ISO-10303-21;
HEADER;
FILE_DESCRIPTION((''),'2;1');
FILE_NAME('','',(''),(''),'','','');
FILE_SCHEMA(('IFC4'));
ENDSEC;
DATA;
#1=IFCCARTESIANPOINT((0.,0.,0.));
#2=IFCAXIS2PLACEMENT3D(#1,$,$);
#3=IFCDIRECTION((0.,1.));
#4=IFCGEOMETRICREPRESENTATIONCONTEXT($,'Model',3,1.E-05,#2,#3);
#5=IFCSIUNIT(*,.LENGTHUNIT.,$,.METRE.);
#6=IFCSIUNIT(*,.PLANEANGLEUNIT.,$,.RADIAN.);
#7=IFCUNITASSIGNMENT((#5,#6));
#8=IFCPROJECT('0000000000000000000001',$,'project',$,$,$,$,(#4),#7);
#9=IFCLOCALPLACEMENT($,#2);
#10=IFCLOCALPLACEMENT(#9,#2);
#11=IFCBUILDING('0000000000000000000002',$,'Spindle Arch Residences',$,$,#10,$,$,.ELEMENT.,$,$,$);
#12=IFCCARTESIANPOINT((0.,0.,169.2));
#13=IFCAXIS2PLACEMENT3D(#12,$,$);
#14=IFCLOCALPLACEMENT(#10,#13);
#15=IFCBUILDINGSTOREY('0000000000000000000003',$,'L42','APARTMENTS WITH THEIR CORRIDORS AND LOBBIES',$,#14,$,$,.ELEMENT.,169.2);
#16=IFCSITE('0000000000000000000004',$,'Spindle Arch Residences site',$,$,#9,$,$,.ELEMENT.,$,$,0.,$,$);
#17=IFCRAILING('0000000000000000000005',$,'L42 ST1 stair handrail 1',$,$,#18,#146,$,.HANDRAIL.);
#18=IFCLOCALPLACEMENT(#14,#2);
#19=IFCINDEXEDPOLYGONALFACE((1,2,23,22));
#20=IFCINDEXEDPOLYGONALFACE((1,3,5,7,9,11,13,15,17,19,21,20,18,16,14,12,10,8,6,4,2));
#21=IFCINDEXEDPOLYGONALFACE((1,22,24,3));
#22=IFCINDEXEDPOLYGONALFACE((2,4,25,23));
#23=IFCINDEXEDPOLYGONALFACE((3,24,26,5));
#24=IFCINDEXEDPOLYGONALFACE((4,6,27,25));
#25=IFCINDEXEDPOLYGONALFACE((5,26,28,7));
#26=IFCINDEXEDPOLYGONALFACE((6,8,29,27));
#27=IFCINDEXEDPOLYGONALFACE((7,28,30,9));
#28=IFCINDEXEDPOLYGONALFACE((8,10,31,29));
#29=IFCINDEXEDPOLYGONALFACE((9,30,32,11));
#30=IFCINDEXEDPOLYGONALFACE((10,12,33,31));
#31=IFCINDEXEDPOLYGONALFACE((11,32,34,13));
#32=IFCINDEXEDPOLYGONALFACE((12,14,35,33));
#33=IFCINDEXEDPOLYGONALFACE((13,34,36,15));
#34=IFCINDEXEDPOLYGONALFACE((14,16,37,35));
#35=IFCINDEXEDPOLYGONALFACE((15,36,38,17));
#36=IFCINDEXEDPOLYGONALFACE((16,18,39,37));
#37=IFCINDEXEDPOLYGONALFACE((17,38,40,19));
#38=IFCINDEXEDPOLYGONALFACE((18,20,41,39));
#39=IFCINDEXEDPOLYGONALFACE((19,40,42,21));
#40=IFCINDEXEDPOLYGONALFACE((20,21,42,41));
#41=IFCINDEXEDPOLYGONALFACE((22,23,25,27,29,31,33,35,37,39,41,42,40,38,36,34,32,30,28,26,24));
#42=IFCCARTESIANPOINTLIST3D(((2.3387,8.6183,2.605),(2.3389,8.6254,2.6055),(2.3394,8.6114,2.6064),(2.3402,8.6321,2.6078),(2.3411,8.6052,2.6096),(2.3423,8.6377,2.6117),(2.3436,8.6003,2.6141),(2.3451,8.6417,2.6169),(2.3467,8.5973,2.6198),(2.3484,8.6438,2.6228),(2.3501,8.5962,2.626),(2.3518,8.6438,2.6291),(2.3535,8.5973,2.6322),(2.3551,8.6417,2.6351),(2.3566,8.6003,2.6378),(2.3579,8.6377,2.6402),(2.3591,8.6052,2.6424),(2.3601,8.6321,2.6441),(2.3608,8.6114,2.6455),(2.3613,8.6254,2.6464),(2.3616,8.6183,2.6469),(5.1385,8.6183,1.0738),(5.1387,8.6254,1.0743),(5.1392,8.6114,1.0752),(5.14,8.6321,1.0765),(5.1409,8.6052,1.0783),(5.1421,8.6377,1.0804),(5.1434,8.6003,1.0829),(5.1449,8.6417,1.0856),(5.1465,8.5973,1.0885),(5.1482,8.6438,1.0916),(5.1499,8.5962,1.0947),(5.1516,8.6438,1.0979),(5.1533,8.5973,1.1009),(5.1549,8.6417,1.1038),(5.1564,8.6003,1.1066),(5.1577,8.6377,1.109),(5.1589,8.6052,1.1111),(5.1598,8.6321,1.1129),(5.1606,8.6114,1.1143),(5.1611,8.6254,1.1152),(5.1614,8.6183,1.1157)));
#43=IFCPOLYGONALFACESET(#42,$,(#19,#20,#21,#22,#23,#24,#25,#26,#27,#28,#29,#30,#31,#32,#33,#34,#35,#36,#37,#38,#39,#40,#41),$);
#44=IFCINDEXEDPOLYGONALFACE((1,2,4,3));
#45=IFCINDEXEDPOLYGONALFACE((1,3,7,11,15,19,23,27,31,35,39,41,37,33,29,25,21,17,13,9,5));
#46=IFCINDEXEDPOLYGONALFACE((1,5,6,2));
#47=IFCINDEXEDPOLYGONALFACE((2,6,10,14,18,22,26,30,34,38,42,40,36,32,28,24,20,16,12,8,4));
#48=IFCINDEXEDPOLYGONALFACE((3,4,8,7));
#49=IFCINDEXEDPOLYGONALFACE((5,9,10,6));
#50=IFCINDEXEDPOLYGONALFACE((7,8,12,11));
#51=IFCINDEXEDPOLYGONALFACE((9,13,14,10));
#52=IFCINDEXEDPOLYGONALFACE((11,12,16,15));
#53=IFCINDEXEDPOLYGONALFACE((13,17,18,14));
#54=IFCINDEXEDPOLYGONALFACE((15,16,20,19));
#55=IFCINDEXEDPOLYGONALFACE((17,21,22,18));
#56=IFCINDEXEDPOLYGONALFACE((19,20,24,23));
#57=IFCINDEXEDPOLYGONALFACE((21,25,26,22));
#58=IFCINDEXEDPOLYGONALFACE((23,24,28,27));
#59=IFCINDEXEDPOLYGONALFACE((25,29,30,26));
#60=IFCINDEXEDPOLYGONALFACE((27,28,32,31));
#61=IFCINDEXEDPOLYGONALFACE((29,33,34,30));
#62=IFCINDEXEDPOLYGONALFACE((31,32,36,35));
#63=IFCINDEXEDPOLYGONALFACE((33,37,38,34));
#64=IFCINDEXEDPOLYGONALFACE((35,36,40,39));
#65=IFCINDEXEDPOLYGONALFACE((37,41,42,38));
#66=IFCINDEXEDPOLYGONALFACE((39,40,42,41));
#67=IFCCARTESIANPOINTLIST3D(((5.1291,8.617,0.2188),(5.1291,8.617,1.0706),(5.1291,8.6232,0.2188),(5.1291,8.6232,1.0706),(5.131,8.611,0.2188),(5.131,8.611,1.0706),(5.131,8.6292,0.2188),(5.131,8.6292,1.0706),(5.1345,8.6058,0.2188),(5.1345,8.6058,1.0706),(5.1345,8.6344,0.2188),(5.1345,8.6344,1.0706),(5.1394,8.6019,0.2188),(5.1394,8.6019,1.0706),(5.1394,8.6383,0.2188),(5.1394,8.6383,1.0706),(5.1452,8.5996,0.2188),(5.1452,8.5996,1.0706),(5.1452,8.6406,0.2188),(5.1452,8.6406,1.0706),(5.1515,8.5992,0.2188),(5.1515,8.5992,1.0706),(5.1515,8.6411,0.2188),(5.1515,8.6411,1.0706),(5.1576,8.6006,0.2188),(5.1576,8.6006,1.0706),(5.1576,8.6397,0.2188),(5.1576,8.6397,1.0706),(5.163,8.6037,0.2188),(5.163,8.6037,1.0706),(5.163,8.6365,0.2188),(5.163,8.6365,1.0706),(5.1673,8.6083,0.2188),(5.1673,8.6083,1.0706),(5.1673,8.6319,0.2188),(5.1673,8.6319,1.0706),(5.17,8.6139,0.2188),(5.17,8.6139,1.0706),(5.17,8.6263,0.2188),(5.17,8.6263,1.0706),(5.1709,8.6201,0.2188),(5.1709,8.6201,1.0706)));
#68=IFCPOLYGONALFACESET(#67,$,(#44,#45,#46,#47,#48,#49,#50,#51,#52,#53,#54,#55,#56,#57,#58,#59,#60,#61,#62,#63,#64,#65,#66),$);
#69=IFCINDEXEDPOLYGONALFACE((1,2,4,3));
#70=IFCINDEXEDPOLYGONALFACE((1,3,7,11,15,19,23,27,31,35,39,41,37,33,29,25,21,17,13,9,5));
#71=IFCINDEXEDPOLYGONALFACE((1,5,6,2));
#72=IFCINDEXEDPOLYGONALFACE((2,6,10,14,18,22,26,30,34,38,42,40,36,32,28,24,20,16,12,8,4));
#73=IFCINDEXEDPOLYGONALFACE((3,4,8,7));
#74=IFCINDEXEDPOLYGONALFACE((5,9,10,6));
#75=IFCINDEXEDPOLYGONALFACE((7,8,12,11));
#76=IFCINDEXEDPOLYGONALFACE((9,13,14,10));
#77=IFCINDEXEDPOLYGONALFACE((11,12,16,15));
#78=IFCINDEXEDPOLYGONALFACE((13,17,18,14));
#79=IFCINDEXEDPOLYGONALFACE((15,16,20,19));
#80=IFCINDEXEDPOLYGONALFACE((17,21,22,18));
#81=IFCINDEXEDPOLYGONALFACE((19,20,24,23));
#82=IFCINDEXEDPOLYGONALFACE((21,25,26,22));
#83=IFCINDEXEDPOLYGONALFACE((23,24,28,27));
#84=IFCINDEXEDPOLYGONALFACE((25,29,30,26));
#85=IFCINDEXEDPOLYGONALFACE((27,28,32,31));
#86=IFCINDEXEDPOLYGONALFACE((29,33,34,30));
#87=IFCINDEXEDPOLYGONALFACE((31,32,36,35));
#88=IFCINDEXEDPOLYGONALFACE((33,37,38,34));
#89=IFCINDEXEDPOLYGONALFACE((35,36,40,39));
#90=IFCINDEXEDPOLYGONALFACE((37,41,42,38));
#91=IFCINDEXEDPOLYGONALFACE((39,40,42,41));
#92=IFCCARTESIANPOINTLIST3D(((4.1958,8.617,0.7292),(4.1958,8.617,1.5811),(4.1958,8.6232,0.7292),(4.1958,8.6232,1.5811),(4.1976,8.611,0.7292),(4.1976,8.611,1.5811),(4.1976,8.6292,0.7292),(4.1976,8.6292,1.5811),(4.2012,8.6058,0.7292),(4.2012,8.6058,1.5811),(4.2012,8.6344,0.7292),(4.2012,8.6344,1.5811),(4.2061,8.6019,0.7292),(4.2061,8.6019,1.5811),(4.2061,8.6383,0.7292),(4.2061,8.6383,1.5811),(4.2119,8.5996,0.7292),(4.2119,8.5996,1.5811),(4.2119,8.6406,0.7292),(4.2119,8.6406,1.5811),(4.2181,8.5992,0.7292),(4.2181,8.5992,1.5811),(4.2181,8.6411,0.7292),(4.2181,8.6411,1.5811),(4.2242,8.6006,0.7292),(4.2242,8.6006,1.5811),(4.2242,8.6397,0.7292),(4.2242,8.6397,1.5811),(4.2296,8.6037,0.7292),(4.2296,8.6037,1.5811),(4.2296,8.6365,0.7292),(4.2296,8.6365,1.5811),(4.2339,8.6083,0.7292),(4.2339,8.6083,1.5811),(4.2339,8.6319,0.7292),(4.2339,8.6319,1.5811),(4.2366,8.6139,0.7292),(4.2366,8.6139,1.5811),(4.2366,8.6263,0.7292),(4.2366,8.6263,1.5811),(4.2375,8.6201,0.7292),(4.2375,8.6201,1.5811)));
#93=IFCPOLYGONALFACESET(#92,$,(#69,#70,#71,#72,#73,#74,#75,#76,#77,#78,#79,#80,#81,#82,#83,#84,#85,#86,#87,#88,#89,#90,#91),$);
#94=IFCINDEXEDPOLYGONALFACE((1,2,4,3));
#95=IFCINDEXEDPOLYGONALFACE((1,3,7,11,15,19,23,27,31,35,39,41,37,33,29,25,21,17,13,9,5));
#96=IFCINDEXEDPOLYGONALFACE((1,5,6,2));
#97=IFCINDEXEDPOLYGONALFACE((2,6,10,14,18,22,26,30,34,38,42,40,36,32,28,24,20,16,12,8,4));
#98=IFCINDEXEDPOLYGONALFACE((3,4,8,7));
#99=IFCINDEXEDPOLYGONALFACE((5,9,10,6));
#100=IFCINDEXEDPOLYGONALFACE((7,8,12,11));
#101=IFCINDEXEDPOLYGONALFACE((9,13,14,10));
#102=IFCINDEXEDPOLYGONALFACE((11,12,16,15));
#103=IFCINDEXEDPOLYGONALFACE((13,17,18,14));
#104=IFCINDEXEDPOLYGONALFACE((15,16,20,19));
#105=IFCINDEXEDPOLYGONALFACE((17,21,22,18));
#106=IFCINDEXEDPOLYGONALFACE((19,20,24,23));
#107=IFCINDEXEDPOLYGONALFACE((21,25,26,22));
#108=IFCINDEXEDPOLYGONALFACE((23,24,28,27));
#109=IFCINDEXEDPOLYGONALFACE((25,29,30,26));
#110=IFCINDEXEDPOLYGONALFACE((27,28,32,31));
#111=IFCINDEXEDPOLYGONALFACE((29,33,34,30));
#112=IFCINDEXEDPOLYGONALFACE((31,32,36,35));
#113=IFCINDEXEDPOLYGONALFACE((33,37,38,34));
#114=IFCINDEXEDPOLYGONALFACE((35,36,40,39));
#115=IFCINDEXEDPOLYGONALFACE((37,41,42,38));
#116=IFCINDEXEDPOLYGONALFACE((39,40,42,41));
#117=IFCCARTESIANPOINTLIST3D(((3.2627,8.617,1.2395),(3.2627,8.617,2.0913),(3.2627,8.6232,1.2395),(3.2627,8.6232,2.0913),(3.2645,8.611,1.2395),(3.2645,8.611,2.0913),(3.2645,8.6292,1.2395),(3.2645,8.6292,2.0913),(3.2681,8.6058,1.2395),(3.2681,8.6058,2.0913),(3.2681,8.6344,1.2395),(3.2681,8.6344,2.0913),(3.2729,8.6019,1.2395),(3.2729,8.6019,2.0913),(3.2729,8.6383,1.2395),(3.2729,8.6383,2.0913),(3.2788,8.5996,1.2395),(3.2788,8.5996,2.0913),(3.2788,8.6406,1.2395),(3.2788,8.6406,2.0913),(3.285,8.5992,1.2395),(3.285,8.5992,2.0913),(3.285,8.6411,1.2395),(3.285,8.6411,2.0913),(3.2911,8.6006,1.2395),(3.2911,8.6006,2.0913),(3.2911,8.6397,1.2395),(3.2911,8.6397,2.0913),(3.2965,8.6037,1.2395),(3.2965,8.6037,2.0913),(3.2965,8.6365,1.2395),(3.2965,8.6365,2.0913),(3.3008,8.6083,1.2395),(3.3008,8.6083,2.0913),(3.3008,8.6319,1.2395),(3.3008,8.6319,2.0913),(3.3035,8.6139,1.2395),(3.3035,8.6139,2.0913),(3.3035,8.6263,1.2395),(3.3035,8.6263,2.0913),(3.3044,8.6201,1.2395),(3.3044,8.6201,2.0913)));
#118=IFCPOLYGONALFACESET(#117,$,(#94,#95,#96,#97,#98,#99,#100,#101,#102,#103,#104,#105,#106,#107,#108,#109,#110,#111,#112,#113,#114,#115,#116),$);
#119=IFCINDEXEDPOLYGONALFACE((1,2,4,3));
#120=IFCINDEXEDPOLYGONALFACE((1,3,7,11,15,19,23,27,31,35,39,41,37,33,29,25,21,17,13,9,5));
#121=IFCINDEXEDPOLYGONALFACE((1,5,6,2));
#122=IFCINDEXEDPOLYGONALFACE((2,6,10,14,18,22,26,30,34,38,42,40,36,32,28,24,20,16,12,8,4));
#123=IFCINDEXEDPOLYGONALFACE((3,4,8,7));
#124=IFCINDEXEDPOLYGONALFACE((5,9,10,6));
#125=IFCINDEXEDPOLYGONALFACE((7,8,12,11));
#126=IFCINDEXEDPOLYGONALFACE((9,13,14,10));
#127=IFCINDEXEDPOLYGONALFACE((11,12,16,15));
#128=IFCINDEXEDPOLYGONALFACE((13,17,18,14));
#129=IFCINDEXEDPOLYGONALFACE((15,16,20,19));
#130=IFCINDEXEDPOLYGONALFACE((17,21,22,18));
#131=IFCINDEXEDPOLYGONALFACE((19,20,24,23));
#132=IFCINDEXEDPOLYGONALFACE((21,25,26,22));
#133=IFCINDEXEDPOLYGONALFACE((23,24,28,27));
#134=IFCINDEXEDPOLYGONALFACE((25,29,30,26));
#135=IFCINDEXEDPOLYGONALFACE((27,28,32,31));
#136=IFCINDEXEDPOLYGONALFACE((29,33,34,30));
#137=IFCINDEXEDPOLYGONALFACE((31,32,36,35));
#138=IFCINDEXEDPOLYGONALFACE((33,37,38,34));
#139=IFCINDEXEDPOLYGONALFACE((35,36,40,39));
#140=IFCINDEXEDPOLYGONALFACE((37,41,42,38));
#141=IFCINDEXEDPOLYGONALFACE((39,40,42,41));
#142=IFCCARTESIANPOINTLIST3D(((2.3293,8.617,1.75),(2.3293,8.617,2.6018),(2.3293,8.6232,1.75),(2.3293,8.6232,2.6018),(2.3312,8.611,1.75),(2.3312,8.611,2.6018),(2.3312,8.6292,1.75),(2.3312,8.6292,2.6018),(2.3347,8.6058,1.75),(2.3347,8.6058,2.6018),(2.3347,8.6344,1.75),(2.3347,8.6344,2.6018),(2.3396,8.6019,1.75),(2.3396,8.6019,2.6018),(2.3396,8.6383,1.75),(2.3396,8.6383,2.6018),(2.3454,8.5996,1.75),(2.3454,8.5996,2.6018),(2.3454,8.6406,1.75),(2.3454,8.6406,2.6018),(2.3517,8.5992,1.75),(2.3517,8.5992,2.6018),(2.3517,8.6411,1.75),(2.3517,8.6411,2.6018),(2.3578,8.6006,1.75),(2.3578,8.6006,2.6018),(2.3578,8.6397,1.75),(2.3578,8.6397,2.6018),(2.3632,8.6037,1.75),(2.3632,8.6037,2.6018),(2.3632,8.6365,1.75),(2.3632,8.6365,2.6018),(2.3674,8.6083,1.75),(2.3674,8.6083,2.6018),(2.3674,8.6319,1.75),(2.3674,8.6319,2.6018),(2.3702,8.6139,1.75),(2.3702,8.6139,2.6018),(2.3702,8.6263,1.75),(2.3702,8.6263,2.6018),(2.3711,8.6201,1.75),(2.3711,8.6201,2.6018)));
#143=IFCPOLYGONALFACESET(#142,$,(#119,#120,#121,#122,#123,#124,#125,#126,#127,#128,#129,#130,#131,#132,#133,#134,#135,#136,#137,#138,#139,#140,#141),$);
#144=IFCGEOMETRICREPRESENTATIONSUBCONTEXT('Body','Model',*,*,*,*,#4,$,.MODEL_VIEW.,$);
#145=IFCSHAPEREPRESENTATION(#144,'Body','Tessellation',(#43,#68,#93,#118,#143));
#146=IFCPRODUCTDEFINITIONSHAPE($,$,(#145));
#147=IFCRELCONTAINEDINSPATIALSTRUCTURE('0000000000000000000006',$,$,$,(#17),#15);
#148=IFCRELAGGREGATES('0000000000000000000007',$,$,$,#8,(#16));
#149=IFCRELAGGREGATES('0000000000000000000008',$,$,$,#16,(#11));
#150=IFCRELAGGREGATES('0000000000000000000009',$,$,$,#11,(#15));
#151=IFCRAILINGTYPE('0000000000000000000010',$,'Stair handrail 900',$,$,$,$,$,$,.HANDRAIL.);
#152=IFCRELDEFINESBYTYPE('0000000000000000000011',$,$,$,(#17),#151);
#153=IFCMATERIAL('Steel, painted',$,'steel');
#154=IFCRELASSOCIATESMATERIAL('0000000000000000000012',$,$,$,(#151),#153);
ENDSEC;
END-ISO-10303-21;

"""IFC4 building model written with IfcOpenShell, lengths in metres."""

from ifc_helpers import new_model, si_unit, direction, frame, origin, origin_2d, place, context, subcontext, project, spatial, circle, extrude, material, type_object, element, save


model = new_model("IFC4")

# Units and contexts
model_context = context("Model", 3, precision=1e-05, world=origin(), true_north=direction((0.0, 1.0)))
body_context = subcontext(model_context, "Body", "Model", "MODEL_VIEW")
ifc_project = project(units=[si_unit("LENGTHUNIT", "METRE"), si_unit("PLANEANGLEUNIT", "RADIAN")], contexts=[model_context])

# Site, building, storey
site_placement = place(None, origin())
site = spatial("IfcSite", under=ifc_project, at=site_placement, Name="Spindle Arch Residences site", CompositionType="ELEMENT", RefElevation=0.0)
building_placement = place(site_placement, origin())
building = spatial("IfcBuilding", under=site, at=building_placement, Name="Spindle Arch Residences", CompositionType="ELEMENT")
storey_placement = place(building_placement, frame((0.0, 0.0, 169.2)))
storey = spatial("IfcBuildingStorey", under=building, at=storey_placement, Name="L42", Description="APARTMENTS WITH THEIR CORRIDORS AND LOBBIES", CompositionType="ELEMENT", Elevation=169.2)

# Railing
ifc_material_1 = material(Name="Steel, painted", Category="steel")
railing_type_1 = type_object("IfcRailingType", Name="Stair handrail 900", PredefinedType="HANDRAIL", material=ifc_material_1)
railing_1_placement = place(storey_placement, frame((5.1499, 8.6201, 0.2188)))
element("IfcRailing", 1, at=railing_1_placement, inside=storey, type_object=railing_type_1, Name="L42 ST1 stair handrail 1", PredefinedType="HANDRAIL", context=body_context, shape_type="SweptSolid", body=[
    extrude(circle(Radius=0.0239, at=origin_2d()), frame((0.0, 0.0, 0.876), z_axis=(-0.877357, 0.0, 0.479838), x_axis=(0.0, -1.0, 0.0)), (0.0, 0.0, 1.0), 3.1912),
    extrude(circle(Radius=0.021, at=origin_2d()), origin(), (0.0, 0.0, 1.0), 0.8518),
    extrude(circle(Radius=0.021, at=origin_2d()), frame((-0.9333, 0.0, 0.5105)), (0.0, 0.0, 1.0), 0.8518),
    extrude(circle(Radius=0.021, at=origin_2d()), frame((-1.8665, 0.0, 1.0208)), (0.0, 0.0, 1.0), 0.8518),
    extrude(circle(Radius=0.021, at=origin_2d()), frame((-2.7998, 0.0, 1.5312)), (0.0, 0.0, 1.0), 0.8518),
])

save(model, "model.ifc")
